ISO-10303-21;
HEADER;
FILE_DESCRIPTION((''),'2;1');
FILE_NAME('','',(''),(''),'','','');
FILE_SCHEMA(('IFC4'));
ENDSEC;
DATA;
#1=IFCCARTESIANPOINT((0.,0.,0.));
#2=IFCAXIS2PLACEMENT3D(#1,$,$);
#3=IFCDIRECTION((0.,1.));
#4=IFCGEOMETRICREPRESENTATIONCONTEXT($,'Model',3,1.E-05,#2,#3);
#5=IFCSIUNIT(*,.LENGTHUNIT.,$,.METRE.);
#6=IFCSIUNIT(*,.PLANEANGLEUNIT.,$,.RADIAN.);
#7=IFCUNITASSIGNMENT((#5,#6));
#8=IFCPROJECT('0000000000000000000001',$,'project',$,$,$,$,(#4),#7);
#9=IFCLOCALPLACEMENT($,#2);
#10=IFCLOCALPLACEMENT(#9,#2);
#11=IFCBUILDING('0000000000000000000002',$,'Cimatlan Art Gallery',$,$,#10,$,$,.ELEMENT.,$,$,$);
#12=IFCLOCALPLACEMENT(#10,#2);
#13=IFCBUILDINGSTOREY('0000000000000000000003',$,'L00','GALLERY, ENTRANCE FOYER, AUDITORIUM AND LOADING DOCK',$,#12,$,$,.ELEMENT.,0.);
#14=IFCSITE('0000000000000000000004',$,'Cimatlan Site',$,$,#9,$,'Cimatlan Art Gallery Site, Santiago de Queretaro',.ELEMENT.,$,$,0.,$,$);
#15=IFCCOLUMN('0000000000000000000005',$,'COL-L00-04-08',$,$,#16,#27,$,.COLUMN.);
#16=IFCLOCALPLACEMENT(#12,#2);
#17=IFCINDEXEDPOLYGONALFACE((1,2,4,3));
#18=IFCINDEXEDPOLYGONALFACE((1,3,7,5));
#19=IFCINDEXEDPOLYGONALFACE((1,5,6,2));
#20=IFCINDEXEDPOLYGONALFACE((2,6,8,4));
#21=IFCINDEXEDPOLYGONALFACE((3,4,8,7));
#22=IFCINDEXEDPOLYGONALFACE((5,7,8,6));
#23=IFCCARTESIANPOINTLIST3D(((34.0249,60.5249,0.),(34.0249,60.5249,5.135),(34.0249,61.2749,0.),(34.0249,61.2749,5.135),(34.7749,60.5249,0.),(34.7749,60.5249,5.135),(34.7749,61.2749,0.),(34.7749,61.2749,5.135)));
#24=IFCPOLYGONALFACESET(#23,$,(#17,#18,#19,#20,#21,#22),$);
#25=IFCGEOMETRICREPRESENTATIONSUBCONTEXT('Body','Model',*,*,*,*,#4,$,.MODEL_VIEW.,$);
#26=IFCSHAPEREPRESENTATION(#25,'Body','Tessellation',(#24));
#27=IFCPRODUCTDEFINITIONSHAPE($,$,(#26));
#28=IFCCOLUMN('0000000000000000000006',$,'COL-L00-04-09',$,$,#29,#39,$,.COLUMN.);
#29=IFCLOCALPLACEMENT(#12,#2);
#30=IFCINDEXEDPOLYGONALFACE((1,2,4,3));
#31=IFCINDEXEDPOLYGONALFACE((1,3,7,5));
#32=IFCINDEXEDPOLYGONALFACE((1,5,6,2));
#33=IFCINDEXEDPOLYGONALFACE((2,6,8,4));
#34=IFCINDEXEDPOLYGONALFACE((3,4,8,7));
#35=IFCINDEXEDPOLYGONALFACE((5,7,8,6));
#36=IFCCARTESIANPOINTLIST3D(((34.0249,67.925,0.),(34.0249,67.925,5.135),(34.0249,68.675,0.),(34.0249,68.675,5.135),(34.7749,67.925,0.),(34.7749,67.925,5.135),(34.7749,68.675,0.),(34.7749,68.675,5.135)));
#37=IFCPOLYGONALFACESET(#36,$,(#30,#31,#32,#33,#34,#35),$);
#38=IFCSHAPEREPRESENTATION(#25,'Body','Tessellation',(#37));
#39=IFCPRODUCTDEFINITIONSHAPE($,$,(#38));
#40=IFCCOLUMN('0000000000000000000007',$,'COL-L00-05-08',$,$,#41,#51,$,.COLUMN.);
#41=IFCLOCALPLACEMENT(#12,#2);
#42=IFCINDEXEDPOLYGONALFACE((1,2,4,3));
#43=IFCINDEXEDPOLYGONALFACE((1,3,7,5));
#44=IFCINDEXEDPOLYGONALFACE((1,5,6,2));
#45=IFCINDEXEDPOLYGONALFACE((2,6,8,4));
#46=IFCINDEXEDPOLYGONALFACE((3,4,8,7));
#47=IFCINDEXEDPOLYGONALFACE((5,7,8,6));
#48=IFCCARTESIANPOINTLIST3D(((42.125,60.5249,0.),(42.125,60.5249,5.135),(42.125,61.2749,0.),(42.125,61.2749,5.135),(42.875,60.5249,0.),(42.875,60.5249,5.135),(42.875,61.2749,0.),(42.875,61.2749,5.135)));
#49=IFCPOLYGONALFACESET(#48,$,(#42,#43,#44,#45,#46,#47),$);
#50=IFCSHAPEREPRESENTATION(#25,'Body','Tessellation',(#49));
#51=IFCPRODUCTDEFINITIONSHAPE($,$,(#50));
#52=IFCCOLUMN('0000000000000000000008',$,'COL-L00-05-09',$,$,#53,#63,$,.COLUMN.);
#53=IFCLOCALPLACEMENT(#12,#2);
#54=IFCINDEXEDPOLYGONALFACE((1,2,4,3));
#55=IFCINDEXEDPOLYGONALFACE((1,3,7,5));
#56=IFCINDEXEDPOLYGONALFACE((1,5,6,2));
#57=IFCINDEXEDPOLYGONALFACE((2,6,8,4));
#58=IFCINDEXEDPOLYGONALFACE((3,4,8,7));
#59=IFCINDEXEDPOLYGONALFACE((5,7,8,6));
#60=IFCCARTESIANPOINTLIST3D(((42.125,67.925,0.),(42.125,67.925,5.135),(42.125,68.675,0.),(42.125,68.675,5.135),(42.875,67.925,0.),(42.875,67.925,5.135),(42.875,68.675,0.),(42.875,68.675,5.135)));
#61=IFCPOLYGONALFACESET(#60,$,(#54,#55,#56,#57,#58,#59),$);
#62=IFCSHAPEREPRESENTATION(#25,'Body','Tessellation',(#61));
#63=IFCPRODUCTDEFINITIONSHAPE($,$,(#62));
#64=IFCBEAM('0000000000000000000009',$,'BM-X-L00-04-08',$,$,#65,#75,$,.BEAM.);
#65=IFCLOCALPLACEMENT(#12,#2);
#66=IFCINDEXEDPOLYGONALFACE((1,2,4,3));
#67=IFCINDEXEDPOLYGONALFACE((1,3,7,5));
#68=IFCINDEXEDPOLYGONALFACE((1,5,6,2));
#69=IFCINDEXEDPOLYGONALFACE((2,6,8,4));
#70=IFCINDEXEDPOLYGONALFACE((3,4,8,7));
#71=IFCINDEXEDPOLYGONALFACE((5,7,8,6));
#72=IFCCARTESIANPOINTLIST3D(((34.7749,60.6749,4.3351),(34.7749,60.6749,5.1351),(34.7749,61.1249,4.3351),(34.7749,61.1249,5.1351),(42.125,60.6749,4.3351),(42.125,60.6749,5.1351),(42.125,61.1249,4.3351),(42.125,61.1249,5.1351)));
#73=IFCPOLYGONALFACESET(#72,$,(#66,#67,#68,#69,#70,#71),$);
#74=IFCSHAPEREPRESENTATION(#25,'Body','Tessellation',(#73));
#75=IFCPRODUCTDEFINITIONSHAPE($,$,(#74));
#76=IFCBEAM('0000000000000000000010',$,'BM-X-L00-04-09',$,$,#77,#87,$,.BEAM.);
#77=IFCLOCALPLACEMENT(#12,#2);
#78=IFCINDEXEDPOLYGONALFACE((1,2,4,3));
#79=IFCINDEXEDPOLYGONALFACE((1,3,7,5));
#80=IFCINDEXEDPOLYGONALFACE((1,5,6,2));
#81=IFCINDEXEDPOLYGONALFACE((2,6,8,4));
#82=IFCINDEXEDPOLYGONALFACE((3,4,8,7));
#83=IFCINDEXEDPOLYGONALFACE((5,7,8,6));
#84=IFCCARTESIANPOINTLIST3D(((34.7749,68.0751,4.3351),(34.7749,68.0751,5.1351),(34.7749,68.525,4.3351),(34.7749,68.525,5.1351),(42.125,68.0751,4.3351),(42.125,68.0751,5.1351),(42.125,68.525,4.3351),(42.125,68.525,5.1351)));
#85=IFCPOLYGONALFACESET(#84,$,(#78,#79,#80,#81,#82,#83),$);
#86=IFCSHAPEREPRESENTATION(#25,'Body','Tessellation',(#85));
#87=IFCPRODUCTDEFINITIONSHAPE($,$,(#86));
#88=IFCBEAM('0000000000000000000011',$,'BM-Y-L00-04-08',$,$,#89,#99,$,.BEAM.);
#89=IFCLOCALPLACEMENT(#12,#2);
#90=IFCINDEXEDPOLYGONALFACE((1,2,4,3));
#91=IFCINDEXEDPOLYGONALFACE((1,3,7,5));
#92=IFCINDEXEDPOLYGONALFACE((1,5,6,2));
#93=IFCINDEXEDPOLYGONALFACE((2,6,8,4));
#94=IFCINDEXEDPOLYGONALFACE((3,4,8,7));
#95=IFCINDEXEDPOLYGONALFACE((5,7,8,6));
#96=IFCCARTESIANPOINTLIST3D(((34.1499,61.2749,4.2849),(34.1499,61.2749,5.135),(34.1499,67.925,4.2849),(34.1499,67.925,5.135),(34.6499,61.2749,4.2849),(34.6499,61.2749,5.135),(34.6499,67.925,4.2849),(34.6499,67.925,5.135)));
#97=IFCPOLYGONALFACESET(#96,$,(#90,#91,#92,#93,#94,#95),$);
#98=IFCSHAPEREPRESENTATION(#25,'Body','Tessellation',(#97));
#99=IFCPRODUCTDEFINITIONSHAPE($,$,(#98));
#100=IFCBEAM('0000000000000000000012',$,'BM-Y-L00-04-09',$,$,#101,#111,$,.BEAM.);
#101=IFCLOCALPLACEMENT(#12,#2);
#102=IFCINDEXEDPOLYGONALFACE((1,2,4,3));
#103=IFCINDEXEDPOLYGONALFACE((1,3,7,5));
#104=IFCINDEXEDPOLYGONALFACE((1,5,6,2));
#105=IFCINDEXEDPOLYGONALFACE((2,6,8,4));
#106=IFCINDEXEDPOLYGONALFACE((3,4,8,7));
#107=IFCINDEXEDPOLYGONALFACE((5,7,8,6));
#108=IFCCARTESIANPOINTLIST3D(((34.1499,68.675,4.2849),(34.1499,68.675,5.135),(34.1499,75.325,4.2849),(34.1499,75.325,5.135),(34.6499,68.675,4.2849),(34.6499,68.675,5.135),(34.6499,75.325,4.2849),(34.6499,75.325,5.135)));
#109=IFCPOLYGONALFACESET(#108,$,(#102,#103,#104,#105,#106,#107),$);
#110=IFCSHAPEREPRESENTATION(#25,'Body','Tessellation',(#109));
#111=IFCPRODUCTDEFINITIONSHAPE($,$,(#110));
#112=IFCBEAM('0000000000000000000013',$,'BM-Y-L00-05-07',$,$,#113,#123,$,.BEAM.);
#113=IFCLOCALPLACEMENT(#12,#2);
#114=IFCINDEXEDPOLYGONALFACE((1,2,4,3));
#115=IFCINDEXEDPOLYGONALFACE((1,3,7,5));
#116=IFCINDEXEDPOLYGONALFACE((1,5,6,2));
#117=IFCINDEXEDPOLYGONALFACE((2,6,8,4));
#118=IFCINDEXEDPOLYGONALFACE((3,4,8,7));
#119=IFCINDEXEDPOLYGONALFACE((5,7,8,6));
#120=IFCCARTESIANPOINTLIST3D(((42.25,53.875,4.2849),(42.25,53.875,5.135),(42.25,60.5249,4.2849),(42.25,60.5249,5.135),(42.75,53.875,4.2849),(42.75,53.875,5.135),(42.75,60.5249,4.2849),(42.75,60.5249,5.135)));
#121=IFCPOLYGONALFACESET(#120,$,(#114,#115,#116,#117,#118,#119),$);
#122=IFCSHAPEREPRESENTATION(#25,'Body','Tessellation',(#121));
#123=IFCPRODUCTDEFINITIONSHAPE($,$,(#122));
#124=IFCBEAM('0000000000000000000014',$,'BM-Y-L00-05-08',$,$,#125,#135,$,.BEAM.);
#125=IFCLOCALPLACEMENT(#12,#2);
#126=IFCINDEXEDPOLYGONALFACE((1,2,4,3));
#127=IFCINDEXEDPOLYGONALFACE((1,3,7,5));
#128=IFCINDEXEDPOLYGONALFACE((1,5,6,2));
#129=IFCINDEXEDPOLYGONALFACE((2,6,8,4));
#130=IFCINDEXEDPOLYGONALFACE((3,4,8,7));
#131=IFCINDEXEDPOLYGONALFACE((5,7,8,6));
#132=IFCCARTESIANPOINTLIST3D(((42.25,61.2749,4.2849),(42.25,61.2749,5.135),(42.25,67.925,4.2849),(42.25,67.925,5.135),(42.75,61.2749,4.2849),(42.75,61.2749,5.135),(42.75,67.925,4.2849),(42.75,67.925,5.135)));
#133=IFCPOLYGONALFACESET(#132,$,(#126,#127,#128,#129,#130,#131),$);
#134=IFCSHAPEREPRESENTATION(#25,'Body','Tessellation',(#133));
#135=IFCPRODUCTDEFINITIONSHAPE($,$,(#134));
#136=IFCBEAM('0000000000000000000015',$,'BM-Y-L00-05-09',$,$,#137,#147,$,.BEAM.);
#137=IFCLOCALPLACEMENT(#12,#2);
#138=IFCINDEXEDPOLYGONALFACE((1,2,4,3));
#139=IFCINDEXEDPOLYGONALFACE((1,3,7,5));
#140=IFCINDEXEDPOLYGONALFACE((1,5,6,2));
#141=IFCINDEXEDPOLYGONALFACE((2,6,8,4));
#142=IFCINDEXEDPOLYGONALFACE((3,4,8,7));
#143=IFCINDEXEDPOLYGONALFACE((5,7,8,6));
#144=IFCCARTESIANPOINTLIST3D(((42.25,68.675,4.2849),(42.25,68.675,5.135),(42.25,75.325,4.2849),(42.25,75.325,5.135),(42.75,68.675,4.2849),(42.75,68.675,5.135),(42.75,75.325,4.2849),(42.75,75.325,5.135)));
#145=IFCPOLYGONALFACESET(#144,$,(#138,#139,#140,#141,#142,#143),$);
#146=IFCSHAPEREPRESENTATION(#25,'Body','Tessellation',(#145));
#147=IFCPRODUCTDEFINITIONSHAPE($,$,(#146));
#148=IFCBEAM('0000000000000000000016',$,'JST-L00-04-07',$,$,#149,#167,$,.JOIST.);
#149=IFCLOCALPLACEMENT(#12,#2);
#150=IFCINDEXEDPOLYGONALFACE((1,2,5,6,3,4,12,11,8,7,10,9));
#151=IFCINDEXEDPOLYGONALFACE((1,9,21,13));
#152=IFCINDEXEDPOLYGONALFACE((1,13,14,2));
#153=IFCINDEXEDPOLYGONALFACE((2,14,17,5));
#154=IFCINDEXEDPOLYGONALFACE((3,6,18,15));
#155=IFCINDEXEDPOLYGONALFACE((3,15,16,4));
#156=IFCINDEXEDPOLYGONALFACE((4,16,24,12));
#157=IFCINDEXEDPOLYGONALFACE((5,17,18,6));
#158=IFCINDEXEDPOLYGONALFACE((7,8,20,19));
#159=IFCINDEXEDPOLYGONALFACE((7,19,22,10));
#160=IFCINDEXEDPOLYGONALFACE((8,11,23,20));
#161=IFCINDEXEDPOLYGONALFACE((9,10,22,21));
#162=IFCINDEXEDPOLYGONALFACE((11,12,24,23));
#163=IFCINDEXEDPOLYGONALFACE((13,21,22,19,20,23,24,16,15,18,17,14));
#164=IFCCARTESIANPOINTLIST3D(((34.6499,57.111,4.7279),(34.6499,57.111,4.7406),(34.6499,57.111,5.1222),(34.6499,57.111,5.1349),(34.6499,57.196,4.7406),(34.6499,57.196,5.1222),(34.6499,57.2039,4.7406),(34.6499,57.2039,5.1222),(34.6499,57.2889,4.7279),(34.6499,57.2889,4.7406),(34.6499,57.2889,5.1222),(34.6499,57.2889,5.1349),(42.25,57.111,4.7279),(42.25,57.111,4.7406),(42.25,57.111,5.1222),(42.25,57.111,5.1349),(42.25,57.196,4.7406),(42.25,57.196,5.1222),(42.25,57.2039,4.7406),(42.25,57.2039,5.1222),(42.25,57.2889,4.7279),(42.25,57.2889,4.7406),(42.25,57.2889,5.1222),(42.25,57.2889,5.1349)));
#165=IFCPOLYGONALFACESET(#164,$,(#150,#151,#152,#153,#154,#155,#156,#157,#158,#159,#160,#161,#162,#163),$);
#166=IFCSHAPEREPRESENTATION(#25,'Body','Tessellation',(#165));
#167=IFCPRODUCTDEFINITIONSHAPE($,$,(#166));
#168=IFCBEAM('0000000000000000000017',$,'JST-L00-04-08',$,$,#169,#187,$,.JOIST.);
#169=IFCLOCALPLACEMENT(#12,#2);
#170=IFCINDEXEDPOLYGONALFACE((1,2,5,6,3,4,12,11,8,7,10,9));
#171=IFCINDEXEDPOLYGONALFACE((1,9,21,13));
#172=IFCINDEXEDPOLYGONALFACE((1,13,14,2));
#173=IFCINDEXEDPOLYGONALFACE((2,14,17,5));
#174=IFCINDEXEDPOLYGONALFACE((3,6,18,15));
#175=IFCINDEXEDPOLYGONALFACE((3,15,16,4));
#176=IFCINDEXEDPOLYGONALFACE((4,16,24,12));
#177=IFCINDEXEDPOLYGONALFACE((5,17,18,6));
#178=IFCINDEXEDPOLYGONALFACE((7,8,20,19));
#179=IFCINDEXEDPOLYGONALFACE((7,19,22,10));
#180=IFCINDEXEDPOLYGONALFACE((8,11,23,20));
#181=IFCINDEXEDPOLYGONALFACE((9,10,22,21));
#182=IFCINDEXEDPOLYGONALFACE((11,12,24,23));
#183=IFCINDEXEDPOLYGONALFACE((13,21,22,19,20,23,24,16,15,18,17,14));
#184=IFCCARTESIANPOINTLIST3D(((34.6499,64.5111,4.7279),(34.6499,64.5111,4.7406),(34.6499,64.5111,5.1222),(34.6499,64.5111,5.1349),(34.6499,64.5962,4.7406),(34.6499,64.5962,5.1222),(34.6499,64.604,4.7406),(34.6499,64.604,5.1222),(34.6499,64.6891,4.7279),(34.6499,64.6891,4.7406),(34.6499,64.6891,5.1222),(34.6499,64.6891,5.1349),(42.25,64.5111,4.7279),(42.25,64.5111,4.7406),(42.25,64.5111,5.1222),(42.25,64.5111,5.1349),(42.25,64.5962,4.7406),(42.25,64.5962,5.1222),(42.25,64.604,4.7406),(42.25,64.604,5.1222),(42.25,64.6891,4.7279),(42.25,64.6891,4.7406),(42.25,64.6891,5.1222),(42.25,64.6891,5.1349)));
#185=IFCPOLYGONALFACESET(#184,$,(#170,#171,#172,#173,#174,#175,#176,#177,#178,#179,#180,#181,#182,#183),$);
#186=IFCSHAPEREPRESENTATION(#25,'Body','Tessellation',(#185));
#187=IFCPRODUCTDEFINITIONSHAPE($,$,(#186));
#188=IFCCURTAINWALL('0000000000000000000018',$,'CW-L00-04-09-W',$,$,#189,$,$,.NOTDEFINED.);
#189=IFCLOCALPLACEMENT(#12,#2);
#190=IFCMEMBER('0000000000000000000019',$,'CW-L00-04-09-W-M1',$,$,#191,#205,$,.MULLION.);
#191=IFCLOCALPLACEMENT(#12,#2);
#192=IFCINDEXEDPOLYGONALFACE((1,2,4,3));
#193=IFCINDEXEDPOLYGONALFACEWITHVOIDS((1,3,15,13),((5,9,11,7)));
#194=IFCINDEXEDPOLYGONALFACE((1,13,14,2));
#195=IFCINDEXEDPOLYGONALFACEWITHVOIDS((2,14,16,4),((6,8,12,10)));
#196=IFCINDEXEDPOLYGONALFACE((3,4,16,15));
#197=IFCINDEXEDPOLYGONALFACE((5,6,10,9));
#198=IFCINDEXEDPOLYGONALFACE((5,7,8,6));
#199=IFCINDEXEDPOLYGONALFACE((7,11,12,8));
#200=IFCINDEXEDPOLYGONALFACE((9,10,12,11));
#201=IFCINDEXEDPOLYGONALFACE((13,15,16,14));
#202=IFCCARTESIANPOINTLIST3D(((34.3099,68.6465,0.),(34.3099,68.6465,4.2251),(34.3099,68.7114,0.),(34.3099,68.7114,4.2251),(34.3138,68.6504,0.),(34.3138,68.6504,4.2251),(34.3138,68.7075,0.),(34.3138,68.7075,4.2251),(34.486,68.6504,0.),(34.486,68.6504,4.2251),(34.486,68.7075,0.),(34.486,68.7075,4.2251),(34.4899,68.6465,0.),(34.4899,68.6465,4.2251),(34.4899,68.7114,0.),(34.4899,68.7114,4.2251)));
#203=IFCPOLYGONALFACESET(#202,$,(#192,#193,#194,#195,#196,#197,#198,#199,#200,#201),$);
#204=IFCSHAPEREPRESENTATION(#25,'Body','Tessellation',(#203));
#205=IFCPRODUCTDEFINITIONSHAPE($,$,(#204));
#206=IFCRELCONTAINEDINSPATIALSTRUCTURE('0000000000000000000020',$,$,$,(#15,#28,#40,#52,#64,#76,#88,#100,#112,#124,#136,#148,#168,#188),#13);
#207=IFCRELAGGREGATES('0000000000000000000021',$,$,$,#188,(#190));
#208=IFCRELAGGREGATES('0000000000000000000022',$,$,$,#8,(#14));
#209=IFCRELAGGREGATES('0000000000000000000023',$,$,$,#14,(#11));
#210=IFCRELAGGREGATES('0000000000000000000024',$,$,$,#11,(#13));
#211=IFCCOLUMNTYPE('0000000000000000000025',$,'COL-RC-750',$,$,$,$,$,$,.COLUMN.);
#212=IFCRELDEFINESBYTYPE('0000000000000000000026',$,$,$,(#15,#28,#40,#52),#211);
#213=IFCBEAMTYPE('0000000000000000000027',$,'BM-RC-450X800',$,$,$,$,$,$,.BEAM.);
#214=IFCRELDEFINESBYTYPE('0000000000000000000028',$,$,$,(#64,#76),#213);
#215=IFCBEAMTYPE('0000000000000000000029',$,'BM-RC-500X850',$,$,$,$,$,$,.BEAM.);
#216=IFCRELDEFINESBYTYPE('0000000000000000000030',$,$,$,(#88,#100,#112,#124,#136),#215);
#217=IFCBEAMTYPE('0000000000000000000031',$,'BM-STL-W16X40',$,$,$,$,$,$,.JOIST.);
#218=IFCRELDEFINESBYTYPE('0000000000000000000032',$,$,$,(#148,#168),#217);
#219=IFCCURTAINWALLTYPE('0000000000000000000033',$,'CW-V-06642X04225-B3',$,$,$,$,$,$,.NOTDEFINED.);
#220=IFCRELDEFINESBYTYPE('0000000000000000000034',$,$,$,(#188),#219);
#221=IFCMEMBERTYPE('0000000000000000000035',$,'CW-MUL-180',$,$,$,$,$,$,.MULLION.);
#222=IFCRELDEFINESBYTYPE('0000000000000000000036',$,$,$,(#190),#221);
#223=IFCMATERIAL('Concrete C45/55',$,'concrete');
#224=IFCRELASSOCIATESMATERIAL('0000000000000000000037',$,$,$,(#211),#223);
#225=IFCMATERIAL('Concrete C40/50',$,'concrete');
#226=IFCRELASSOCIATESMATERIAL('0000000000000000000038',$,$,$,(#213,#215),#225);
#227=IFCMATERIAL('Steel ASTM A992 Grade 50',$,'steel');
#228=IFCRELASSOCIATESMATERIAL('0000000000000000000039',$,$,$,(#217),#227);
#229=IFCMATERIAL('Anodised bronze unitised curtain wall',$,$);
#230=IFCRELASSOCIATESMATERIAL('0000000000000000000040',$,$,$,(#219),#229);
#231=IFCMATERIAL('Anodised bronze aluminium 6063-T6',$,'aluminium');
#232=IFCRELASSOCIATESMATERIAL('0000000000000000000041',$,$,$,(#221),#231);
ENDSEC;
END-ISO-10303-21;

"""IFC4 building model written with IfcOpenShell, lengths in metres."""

from ifc_helpers import new_model, si_unit, direction, frame, origin, origin_2d, place, context, subcontext, project, spatial, rectangle, hollow_rectangle, i_section, extrude, material, material_profile, profile_set, type_object, element, aggregate, save


model = new_model("IFC4")

# Units and contexts
model_context = context("Model", 3, precision=1e-05, world=origin(), true_north=direction((0.0, 1.0)))
body_context = subcontext(model_context, "Body", "Model", "MODEL_VIEW")
ifc_project = project(units=[si_unit("LENGTHUNIT", "METRE"), si_unit("PLANEANGLEUNIT", "RADIAN")], contexts=[model_context])

# Site, building, storey
site_placement = place(None, origin())
site = spatial("IfcSite", under=ifc_project, at=site_placement, Name="Cimatlan Site", LongName="Cimatlan Art Gallery Site, Santiago de Queretaro", CompositionType="ELEMENT", RefElevation=0.0)
building_placement = place(site_placement, origin())
building = spatial("IfcBuilding", under=site, at=building_placement, Name="Cimatlan Art Gallery", CompositionType="ELEMENT")
storey_placement = place(building_placement, origin())
storey = spatial("IfcBuildingStorey", under=building, at=storey_placement, Name="L00", Description="GALLERY, ENTRANCE FOYER, AUDITORIUM AND LOADING DOCK", CompositionType="ELEMENT", Elevation=0.0)

# Columns
ifc_material_1 = material(Name="Concrete C45/55", Category="concrete")
ifc_material_profile_1 = material_profile(ifc_material_1, rectangle(XDim=0.75, YDim=0.75, at=origin_2d()), Name="RC750X750")
ifc_profile_set_1 = profile_set([ifc_material_profile_1], Name="Concrete C45/55")
column_type = type_object("IfcColumnType", Name="COL-RC-750", PredefinedType="COLUMN", material=ifc_profile_set_1)
for number, where, z_axis, x_axis, name in (
    (1, (34.3999, 60.8999, 0.0), (0.0, 0.0, 1.0), (1.0, 0.0, 0.0), "COL-L00-04-08"),
    (2, (34.3999, 68.3, 0.0), (0.0, 0.0, 1.0), (1.0, 0.0, 0.0), "COL-L00-04-09"),
    (3, (42.5, 60.8999, 0.0), (0.0, 0.0, 1.0), (1.0, 0.0, 0.0), "COL-L00-05-08"),
    (4, (42.5, 68.3, 0.0), (0.0, 0.0, 1.0), (1.0, 0.0, 0.0), "COL-L00-05-09"),
):
    element("IfcColumn", number, at=place(storey_placement, frame(where, z_axis=z_axis, x_axis=x_axis)), inside=storey, type_object=column_type, Name=name, PredefinedType="COLUMN", context=body_context, shape_type="SweptSolid", body=[
        extrude(rectangle(XDim=0.75, YDim=0.75, at=origin_2d()), origin(), (0.0, 0.0, 1.0), 5.135),
    ])

# Beams
ifc_material_2 = material(Name="Concrete C40/50", Category="concrete")
ifc_material_profile_2 = material_profile(ifc_material_2, rectangle(XDim=0.45, YDim=0.8, at=origin_2d()), Name="RC450X800")
ifc_profile_set_2 = profile_set([ifc_material_profile_2], Name="Concrete C40/50")
beam_type_1 = type_object("IfcBeamType", Name="BM-RC-450X800", PredefinedType="BEAM", material=ifc_profile_set_2)
for number, where, z_axis, x_axis, name in (
    (5, (34.7749, 60.8999, 4.7351), (1.0, 0.0, 0.0), (0.0, 1.0, 0.0), "BM-X-L00-04-08"),
    (6, (34.7749, 68.3, 4.7351), (1.0, 0.0, 0.0), (0.0, 1.0, 0.0), "BM-X-L00-04-09"),
):
    element("IfcBeam", number, at=place(storey_placement, frame(where, z_axis=z_axis, x_axis=x_axis)), inside=storey, type_object=beam_type_1, Name=name, PredefinedType="BEAM", context=body_context, shape_type="SweptSolid", body=[
        extrude(rectangle(XDim=0.45, YDim=0.8, at=origin_2d()), origin(), (0.0, 0.0, 1.0), 7.3501),
    ])
ifc_material_profile_3 = material_profile(ifc_material_2, rectangle(XDim=0.5, YDim=0.8501, at=origin_2d()), Name="RC500X850")
ifc_profile_set_3 = profile_set([ifc_material_profile_3], Name="Concrete C40/50")
beam_type_2 = type_object("IfcBeamType", Name="BM-RC-500X850", PredefinedType="BEAM", material=ifc_profile_set_3)
beam_1_placement = place(storey_placement, frame((34.3999, 61.2749, 4.71), z_axis=(0.0, 1.0, 0.0), x_axis=(-1.0, 0.0, 0.0)))
element("IfcBeam", 7, at=beam_1_placement, inside=storey, type_object=beam_type_2, Name="BM-Y-L00-04-08", PredefinedType="BEAM", context=body_context, shape_type="SweptSolid", body=[
    extrude(rectangle(XDim=0.5, YDim=0.8501, at=origin_2d()), origin(), (0.0, 0.0, 1.0), 6.6501),
])
for number, where, z_axis, x_axis, name in (
    (8, (34.3999, 68.675, 4.71), (0.0, 1.0, 0.0), (-1.0, 0.0, 0.0), "BM-Y-L00-04-09"),
    (9, (42.5, 53.875, 4.71), (0.0, 1.0, 0.0), (-1.0, 0.0, 0.0), "BM-Y-L00-05-07"),
):
    element("IfcBeam", number, at=place(storey_placement, frame(where, z_axis=z_axis, x_axis=x_axis)), inside=storey, type_object=beam_type_2, Name=name, PredefinedType="BEAM", context=body_context, shape_type="SweptSolid", body=[
        extrude(rectangle(XDim=0.5, YDim=0.8501, at=origin_2d()), origin(), (0.0, 0.0, 1.0), 6.6499),
    ])
beam_2_placement = place(storey_placement, frame((42.5, 61.2749, 4.71), z_axis=(0.0, 1.0, 0.0), x_axis=(-1.0, 0.0, 0.0)))
element("IfcBeam", 10, at=beam_2_placement, inside=storey, type_object=beam_type_2, Name="BM-Y-L00-05-08", PredefinedType="BEAM", context=body_context, shape_type="SweptSolid", body=[
    extrude(rectangle(XDim=0.5, YDim=0.8501, at=origin_2d()), origin(), (0.0, 0.0, 1.0), 6.6501),
])
beam_3_placement = place(storey_placement, frame((42.5, 68.675, 4.71), z_axis=(0.0, 1.0, 0.0), x_axis=(-1.0, 0.0, 0.0)))
element("IfcBeam", 11, at=beam_3_placement, inside=storey, type_object=beam_type_2, Name="BM-Y-L00-05-09", PredefinedType="BEAM", context=body_context, shape_type="SweptSolid", body=[
    extrude(rectangle(XDim=0.5, YDim=0.8501, at=origin_2d()), origin(), (0.0, 0.0, 1.0), 6.6499),
])
ifc_material_3 = material(Name="Steel ASTM A992 Grade 50", Category="steel")
ifc_material_profile_4 = material_profile(ifc_material_3, i_section(OverallWidth=0.178, OverallDepth=0.407, WebThickness=0.0078, FlangeThickness=0.0127, at=origin_2d()), Name="W16X40")
ifc_profile_set_4 = profile_set([ifc_material_profile_4], Name="Steel ASTM A992 Grade 50")
beam_type_3 = type_object("IfcBeamType", Name="BM-STL-W16X40", PredefinedType="JOIST", material=ifc_profile_set_4)
for number, where, z_axis, x_axis, name in (
    (12, (34.6499, 57.2, 4.9314), (1.0, 0.0, 0.0), (0.0, 1.0, 0.0), "JST-L00-04-07"),
    (13, (34.6499, 64.6001, 4.9314), (1.0, 0.0, 0.0), (0.0, 1.0, 0.0), "JST-L00-04-08"),
):
    element("IfcBeam", number, at=place(storey_placement, frame(where, z_axis=z_axis, x_axis=x_axis)), inside=storey, type_object=beam_type_3, Name=name, PredefinedType="JOIST", context=body_context, shape_type="SweptSolid", body=[
        extrude(i_section(OverallWidth=0.178, OverallDepth=0.407, WebThickness=0.0078, FlangeThickness=0.0127, at=origin_2d()), origin(), (0.0, 0.0, 1.0), 7.6001),
    ])

# Curtain wall, member
ifc_material_4 = material(Name="Anodised bronze unitised curtain wall")
curtain_wall_type = type_object("IfcCurtainWallType", Name="CW-V-06642X04225-B3", PredefinedType="NOTDEFINED", material=ifc_material_4)
curtain_wall_placement = place(storey_placement, origin())
curtain_wall = element("IfcCurtainWall", 14, at=curtain_wall_placement, inside=storey, type_object=curtain_wall_type, Name="CW-L00-04-09-W", PredefinedType="NOTDEFINED")
ifc_material_5 = material(Name="Anodised bronze aluminium 6063-T6", Category="aluminium")
ifc_material_profile_5 = material_profile(ifc_material_5, hollow_rectangle(XDim=0.0649, YDim=0.1799, WallThickness=0.0039, at=origin_2d()), Name="ALU65X180X4")
ifc_profile_set_5 = profile_set([ifc_material_profile_5], Name="Anodised bronze aluminium 6063-T6")
member_type_1 = type_object("IfcMemberType", Name="CW-MUL-180", PredefinedType="MULLION", material=ifc_profile_set_5)
member_1_placement = place(storey_placement, frame((34.3999, 68.679, 0.0), z_axis=(0.0, 0.0, 1.0), x_axis=(0.0, 1.0, 0.0)))
member_1 = element("IfcMember", 15, at=member_1_placement, type_object=member_type_1, Name="CW-L00-04-09-W-M1", PredefinedType="MULLION", context=body_context, shape_type="SweptSolid", body=[
    extrude(hollow_rectangle(XDim=0.0649, YDim=0.1799, WallThickness=0.0039, at=origin_2d()), origin(), (0.0, 0.0, 1.0), 4.2251),
])
aggregate(curtain_wall, [member_1])

save(model, "model.ifc")
